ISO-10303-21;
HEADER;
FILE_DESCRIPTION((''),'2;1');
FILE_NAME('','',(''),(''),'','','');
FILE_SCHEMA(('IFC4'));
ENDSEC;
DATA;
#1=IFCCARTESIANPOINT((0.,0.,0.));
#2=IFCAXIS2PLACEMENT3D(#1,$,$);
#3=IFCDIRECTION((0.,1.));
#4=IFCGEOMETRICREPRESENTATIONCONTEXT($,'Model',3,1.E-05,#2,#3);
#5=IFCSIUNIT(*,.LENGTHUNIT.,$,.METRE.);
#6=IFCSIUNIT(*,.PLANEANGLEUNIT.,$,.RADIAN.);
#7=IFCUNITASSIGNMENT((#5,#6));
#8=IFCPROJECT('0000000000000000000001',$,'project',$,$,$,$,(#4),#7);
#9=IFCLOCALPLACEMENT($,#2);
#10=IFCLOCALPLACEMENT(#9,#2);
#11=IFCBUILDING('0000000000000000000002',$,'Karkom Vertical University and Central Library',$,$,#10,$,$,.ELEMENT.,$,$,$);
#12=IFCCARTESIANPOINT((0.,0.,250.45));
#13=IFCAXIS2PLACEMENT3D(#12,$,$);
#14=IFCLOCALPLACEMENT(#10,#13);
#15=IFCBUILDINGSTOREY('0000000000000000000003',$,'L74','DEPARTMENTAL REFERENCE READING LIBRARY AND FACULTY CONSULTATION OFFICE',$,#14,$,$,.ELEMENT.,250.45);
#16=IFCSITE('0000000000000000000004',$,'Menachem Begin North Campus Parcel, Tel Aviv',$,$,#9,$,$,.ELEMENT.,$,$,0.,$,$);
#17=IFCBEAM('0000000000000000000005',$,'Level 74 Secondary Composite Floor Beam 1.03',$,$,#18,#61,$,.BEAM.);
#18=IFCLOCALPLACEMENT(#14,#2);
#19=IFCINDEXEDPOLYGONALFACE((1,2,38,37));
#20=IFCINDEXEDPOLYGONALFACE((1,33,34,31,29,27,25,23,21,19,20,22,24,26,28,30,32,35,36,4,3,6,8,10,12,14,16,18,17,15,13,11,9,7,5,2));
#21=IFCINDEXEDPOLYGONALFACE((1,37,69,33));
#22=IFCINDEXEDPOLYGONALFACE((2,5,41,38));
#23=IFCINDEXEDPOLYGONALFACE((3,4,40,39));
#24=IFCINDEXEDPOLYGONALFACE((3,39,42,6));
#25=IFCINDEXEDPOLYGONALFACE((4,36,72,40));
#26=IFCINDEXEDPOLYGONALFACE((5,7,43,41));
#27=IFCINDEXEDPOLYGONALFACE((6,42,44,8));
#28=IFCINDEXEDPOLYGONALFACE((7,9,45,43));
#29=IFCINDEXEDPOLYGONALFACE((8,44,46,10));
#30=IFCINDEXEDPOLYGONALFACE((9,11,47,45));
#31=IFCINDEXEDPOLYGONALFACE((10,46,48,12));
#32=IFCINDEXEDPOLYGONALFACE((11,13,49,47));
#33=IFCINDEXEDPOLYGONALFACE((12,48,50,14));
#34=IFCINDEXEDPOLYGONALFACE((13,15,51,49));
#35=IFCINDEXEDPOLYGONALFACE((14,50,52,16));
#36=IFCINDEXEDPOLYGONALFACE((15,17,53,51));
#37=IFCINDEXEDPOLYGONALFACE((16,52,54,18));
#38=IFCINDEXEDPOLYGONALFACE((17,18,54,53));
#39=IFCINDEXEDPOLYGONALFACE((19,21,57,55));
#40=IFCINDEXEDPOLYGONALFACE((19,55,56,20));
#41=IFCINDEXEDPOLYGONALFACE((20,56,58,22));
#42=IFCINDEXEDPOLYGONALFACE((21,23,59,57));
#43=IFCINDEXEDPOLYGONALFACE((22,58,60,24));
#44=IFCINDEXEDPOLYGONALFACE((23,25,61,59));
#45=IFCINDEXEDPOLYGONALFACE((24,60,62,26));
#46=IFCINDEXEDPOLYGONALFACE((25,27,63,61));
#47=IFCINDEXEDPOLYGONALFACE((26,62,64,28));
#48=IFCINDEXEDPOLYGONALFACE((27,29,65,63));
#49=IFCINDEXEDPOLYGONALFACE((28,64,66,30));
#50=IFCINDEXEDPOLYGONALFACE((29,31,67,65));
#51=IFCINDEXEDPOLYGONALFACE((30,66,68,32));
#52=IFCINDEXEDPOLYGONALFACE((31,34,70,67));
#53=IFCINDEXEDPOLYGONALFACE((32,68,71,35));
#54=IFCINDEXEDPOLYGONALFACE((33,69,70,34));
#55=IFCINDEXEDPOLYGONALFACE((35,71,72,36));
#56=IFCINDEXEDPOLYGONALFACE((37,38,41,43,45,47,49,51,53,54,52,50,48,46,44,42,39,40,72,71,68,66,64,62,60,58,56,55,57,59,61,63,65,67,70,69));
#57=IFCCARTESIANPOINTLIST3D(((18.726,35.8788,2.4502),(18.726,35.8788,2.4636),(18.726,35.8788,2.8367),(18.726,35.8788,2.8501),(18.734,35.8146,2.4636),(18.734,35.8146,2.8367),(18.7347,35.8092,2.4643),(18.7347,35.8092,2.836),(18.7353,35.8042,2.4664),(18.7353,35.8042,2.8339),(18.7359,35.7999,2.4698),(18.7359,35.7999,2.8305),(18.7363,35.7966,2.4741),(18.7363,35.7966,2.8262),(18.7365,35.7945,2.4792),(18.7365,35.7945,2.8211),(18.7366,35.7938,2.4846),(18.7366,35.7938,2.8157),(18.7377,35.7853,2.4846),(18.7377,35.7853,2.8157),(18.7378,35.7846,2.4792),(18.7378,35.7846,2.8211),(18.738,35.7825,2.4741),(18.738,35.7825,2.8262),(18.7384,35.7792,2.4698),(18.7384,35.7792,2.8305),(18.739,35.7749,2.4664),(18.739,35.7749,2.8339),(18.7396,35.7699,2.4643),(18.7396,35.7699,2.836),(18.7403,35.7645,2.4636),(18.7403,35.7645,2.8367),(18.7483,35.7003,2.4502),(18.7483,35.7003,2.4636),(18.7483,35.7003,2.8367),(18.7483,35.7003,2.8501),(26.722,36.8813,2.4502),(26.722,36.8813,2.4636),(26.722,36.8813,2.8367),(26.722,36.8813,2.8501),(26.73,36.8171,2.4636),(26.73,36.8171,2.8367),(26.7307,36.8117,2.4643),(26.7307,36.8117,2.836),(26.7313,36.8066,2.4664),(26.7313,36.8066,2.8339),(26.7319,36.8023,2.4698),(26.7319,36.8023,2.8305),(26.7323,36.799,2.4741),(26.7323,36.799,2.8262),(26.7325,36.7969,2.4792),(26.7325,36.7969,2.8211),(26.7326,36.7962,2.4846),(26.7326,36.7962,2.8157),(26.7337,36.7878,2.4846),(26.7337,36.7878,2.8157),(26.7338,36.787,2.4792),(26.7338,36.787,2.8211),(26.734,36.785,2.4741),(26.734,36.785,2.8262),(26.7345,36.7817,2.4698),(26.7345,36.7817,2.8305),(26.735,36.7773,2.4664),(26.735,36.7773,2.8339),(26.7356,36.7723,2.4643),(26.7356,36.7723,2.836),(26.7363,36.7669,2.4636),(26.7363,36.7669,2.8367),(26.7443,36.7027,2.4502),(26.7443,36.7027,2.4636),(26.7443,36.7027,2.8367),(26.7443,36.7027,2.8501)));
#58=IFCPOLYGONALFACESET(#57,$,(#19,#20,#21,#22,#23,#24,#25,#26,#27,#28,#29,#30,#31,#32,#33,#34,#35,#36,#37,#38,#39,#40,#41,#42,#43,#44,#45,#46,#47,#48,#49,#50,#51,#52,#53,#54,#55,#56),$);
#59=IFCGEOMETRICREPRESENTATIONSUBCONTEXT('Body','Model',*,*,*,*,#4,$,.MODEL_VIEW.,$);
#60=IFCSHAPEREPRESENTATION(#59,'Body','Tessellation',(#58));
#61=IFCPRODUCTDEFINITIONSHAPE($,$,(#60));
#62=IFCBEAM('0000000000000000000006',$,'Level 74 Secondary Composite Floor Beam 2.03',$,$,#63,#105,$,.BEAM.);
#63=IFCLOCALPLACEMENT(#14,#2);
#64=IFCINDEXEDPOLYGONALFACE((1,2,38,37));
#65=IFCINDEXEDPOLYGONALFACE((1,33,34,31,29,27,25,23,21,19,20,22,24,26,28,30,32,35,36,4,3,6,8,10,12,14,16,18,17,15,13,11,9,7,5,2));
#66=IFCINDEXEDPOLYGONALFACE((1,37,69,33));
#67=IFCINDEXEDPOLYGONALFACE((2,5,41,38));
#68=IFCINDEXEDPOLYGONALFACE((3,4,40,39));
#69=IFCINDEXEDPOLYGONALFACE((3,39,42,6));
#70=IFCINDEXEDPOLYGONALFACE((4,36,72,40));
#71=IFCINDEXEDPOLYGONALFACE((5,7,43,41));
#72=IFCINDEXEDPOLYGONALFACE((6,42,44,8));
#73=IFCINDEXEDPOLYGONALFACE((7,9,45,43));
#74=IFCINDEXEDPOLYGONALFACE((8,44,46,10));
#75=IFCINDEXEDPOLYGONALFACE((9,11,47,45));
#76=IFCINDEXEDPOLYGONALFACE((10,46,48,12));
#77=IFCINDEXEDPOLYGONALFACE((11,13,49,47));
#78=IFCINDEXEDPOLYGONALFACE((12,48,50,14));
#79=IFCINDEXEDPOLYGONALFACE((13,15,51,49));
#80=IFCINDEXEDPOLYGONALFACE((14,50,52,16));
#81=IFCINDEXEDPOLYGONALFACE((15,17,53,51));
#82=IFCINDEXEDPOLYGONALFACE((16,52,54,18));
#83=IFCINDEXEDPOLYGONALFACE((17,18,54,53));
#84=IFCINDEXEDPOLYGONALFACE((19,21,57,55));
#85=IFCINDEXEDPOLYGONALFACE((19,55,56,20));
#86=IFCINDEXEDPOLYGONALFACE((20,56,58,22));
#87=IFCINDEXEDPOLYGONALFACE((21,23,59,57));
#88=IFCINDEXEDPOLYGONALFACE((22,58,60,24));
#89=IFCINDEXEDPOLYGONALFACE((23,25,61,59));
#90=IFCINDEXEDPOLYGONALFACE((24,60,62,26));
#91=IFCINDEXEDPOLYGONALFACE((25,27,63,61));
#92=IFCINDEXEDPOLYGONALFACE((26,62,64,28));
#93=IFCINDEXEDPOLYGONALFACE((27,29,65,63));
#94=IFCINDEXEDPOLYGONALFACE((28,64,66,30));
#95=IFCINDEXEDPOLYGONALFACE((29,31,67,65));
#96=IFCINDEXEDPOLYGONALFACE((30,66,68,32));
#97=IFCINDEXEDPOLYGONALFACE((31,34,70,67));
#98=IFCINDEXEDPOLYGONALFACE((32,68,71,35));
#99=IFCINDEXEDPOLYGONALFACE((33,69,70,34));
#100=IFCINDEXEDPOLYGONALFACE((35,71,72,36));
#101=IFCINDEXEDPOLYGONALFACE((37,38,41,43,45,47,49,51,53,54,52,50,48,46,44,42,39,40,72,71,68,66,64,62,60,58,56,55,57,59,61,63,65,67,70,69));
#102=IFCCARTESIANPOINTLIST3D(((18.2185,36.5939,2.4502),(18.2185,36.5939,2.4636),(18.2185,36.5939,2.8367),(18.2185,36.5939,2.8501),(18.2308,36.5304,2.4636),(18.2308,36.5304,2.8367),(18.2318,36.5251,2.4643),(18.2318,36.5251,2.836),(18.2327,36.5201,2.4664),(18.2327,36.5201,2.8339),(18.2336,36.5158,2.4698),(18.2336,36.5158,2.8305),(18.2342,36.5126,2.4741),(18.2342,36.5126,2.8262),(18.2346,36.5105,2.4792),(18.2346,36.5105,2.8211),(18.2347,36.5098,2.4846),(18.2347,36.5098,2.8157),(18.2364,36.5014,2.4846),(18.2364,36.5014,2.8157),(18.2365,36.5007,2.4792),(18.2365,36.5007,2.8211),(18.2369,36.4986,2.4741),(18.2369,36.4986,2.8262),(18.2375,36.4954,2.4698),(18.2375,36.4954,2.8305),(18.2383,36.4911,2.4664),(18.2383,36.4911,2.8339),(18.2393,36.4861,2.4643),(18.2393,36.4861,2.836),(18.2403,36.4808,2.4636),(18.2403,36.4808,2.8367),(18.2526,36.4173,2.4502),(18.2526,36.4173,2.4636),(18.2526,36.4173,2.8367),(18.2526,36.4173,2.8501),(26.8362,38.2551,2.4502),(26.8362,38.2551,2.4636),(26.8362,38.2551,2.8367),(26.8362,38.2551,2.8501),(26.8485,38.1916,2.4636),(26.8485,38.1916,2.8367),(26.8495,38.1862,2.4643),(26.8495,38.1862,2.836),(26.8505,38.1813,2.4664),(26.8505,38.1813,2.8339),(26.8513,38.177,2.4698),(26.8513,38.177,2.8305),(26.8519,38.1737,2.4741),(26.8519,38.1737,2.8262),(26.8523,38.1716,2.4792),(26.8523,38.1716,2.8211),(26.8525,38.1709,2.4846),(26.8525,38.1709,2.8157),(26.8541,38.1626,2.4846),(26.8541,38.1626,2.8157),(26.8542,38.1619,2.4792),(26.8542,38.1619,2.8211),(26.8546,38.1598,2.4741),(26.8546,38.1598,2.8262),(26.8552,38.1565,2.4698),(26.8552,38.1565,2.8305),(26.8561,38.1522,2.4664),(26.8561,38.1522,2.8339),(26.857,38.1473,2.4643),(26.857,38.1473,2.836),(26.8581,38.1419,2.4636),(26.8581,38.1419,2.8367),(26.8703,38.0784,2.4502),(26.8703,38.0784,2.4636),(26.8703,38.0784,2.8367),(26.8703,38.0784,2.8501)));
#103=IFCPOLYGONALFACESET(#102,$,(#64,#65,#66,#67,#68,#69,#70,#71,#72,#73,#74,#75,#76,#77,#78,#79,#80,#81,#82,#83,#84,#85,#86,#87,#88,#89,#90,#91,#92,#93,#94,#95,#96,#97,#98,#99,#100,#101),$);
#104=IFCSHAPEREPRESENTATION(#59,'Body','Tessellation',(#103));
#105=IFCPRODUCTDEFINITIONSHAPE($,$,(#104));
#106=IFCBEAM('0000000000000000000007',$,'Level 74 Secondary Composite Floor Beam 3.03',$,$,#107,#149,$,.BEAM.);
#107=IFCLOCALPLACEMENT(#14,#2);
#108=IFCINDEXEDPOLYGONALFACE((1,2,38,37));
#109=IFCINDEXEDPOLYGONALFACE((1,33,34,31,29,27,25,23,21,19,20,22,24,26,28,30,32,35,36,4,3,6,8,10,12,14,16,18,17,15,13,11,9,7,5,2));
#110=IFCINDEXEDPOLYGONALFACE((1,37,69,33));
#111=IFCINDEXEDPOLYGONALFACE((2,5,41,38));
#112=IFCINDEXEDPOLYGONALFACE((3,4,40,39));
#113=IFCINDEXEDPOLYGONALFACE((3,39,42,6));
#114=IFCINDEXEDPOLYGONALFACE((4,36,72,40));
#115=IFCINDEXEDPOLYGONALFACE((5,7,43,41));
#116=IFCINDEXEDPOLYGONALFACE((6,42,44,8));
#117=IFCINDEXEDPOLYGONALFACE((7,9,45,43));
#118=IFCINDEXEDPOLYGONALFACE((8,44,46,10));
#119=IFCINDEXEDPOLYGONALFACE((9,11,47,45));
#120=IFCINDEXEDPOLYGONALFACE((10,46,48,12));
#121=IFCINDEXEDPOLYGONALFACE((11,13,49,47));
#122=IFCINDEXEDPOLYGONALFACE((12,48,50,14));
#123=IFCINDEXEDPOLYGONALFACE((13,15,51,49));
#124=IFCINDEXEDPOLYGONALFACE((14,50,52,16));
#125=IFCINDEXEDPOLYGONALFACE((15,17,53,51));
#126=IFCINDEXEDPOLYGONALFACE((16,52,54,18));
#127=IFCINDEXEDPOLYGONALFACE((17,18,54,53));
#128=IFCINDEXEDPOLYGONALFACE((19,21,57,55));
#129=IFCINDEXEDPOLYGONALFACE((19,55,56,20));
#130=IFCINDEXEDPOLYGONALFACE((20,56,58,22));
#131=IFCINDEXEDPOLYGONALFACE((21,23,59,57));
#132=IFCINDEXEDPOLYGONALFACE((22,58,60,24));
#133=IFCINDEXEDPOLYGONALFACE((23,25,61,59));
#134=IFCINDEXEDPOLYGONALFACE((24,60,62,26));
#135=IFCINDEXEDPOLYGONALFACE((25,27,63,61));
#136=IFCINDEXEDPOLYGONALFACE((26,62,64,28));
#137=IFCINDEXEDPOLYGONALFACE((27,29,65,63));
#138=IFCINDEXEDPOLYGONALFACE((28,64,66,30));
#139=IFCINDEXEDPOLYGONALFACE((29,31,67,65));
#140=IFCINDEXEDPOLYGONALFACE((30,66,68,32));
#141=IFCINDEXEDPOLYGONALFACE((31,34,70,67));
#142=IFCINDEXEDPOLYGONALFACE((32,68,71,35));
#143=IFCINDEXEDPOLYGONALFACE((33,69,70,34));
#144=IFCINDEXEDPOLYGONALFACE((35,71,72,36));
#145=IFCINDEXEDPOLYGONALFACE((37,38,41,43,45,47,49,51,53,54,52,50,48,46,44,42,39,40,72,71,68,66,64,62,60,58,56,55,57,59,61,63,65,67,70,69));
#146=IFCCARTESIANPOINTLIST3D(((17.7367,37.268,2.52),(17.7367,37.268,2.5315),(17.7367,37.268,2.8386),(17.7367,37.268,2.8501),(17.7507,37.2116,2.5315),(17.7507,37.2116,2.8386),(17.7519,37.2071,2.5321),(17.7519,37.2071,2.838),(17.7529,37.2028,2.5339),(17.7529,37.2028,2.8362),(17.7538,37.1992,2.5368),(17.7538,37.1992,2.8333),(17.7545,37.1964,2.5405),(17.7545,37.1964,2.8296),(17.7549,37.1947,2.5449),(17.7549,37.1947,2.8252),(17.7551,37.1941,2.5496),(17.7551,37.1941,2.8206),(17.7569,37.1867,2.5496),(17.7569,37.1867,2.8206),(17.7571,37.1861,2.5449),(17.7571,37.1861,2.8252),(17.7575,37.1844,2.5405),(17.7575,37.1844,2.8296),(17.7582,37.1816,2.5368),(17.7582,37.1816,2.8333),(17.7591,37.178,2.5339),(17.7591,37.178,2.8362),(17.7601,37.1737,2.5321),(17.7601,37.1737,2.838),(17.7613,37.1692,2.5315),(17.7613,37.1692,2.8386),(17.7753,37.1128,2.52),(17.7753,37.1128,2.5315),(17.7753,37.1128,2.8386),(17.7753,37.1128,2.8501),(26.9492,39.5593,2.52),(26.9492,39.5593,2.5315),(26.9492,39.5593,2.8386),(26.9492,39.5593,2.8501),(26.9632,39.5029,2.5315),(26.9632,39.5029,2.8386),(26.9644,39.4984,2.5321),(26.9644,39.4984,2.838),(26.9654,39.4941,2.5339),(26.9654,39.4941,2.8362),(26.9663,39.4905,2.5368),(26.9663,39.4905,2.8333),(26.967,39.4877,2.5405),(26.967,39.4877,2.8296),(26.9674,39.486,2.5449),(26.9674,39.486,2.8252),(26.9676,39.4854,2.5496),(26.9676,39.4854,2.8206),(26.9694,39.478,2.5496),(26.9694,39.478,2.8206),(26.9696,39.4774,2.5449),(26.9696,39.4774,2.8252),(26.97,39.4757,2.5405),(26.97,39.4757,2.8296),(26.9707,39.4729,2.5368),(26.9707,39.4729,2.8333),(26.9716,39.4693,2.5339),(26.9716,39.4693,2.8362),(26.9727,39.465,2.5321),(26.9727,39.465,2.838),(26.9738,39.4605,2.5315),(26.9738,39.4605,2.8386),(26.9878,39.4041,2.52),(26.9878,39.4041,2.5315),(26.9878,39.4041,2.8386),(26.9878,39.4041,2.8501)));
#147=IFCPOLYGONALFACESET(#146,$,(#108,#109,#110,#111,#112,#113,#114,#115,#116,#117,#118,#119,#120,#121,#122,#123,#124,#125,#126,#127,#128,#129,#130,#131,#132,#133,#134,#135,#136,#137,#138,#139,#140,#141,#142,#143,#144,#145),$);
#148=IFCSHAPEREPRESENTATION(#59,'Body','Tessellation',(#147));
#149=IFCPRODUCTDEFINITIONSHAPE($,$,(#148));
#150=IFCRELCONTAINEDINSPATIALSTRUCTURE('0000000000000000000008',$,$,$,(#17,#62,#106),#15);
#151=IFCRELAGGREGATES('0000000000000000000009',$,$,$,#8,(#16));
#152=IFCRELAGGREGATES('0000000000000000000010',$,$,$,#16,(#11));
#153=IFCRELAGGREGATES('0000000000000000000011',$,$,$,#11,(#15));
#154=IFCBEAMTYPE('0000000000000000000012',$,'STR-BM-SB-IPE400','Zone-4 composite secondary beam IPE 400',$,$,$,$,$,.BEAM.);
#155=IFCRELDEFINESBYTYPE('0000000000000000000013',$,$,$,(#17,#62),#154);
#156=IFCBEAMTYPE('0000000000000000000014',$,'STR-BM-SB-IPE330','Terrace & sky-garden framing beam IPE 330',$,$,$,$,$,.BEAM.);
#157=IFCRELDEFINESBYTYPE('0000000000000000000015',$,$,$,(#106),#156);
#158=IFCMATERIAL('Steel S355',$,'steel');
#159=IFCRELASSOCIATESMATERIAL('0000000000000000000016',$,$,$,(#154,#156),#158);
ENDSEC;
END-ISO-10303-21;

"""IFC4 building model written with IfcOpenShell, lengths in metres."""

from ifc_helpers import new_model, si_unit, direction, frame, origin, origin_with_axes, origin_2d, place, context, subcontext, project, spatial, i_section, extrude, source, transform, mapped, material, material_profile, profile_set, type_object, element, save


model = new_model("IFC4")

# Units and contexts
model_context = context("Model", 3, precision=1e-05, world=origin(), true_north=direction((0.0, 1.0)))
body_context = subcontext(model_context, "Body", "Model", "MODEL_VIEW")
ifc_project = project(units=[si_unit("LENGTHUNIT", "METRE"), si_unit("PLANEANGLEUNIT", "RADIAN")], contexts=[model_context])

# Site, building, storey
site_placement = place(None, origin())
site = spatial("IfcSite", under=ifc_project, at=site_placement, Name="Menachem Begin North Campus Parcel, Tel Aviv", CompositionType="ELEMENT", RefElevation=0.0)
building_placement = place(site_placement, origin())
building = spatial("IfcBuilding", under=site, at=building_placement, Name="Karkom Vertical University and Central Library", CompositionType="ELEMENT")
storey_placement = place(building_placement, frame((0.0, 0.0, 250.45)))
storey = spatial("IfcBuildingStorey", under=building, at=storey_placement, Name="L74", Description="DEPARTMENTAL REFERENCE READING LIBRARY AND FACULTY CONSULTATION OFFICE", CompositionType="ELEMENT", Elevation=250.45)

# Beams
ifc_material_1 = material(Name="Steel S355", Category="steel")
ifc_material_profile_1 = material_profile(ifc_material_1, i_section(OverallWidth=0.1799, OverallDepth=0.3999, WebThickness=0.0085, FlangeThickness=0.0134, FilletRadius=0.021, at=origin_2d()), Name="IPE 400")
ifc_profile_set_1 = profile_set([ifc_material_profile_1], Name="Steel S355")
beam_type_1 = type_object("IfcBeamType", Name="STR-BM-SB-IPE400", Description="Zone-4 composite secondary beam IPE 400", PredefinedType="BEAM", material=ifc_profile_set_1)
shared_shape_1 = source(origin_with_axes(), body_context, "Body", "SweptSolid", [
    extrude(i_section(OverallWidth=0.1799, OverallDepth=0.3999, WebThickness=0.0085, FlangeThickness=0.0134, FilletRadius=0.021, at=origin_2d()), origin(), (0.0, 0.0, 1.0), 8.0586),
])
beam_1_placement = place(storey_placement, frame((26.7332, 36.792, 2.6501), z_axis=(-0.992233, -0.124393, 0.0), x_axis=(0.124393, -0.992233, 0.0)))
element("IfcBeam", 1, at=beam_1_placement, inside=storey, type_object=beam_type_1, Name="Level 74 Secondary Composite Floor Beam 1.03", PredefinedType="BEAM", context=body_context, shape_type="MappedRepresentation", body=[
    mapped(shared_shape_1, transform((0.0, 0.0, 0.0), scale=1.0)),
])
shared_shape_2 = source(origin_with_axes(), body_context, "Body", "SweptSolid", [
    extrude(i_section(OverallWidth=0.1799, OverallDepth=0.3999, WebThickness=0.0085, FlangeThickness=0.0134, FilletRadius=0.021, at=origin_2d()), origin(), (0.0, 0.0, 1.0), 8.7764),
])
beam_2_placement = place(storey_placement, frame((26.8533, 38.1667, 2.6501), z_axis=(-0.981924, -0.189275, 0.0), x_axis=(0.189275, -0.981924, 0.0)))
element("IfcBeam", 2, at=beam_2_placement, inside=storey, type_object=beam_type_1, Name="Level 74 Secondary Composite Floor Beam 2.03", PredefinedType="BEAM", context=body_context, shape_type="MappedRepresentation", body=[
    mapped(shared_shape_2, transform((0.0, 0.0, 0.0), scale=1.0)),
])
ifc_material_profile_2 = material_profile(ifc_material_1, i_section(OverallWidth=0.1599, OverallDepth=0.3301, WebThickness=0.0076, FlangeThickness=0.0115, FilletRadius=0.0181, at=origin_2d()), Name="IPE 330")
ifc_profile_set_2 = profile_set([ifc_material_profile_2], Name="Steel S355")
beam_type_2 = type_object("IfcBeamType", Name="STR-BM-SB-IPE330", Description="Terrace & sky-garden framing beam IPE 330", PredefinedType="BEAM", material=ifc_profile_set_2)
shared_shape_3 = source(origin_with_axes(), body_context, "Body", "SweptSolid", [
    extrude(i_section(OverallWidth=0.1599, OverallDepth=0.3301, WebThickness=0.0076, FlangeThickness=0.0115, FilletRadius=0.0181, at=origin_2d()), origin(), (0.0, 0.0, 1.0), 9.4932),
])
beam_3_placement = place(storey_placement, frame((26.9685, 39.4817, 2.6851), z_axis=(-0.970435, -0.241362, 0.0), x_axis=(0.241362, -0.970435, 0.0)))
element("IfcBeam", 3, at=beam_3_placement, inside=storey, type_object=beam_type_2, Name="Level 74 Secondary Composite Floor Beam 3.03", PredefinedType="BEAM", context=body_context, shape_type="MappedRepresentation", body=[
    mapped(shared_shape_3, transform((0.0, 0.0, 0.0), scale=1.0)),
])

save(model, "model.ifc")
